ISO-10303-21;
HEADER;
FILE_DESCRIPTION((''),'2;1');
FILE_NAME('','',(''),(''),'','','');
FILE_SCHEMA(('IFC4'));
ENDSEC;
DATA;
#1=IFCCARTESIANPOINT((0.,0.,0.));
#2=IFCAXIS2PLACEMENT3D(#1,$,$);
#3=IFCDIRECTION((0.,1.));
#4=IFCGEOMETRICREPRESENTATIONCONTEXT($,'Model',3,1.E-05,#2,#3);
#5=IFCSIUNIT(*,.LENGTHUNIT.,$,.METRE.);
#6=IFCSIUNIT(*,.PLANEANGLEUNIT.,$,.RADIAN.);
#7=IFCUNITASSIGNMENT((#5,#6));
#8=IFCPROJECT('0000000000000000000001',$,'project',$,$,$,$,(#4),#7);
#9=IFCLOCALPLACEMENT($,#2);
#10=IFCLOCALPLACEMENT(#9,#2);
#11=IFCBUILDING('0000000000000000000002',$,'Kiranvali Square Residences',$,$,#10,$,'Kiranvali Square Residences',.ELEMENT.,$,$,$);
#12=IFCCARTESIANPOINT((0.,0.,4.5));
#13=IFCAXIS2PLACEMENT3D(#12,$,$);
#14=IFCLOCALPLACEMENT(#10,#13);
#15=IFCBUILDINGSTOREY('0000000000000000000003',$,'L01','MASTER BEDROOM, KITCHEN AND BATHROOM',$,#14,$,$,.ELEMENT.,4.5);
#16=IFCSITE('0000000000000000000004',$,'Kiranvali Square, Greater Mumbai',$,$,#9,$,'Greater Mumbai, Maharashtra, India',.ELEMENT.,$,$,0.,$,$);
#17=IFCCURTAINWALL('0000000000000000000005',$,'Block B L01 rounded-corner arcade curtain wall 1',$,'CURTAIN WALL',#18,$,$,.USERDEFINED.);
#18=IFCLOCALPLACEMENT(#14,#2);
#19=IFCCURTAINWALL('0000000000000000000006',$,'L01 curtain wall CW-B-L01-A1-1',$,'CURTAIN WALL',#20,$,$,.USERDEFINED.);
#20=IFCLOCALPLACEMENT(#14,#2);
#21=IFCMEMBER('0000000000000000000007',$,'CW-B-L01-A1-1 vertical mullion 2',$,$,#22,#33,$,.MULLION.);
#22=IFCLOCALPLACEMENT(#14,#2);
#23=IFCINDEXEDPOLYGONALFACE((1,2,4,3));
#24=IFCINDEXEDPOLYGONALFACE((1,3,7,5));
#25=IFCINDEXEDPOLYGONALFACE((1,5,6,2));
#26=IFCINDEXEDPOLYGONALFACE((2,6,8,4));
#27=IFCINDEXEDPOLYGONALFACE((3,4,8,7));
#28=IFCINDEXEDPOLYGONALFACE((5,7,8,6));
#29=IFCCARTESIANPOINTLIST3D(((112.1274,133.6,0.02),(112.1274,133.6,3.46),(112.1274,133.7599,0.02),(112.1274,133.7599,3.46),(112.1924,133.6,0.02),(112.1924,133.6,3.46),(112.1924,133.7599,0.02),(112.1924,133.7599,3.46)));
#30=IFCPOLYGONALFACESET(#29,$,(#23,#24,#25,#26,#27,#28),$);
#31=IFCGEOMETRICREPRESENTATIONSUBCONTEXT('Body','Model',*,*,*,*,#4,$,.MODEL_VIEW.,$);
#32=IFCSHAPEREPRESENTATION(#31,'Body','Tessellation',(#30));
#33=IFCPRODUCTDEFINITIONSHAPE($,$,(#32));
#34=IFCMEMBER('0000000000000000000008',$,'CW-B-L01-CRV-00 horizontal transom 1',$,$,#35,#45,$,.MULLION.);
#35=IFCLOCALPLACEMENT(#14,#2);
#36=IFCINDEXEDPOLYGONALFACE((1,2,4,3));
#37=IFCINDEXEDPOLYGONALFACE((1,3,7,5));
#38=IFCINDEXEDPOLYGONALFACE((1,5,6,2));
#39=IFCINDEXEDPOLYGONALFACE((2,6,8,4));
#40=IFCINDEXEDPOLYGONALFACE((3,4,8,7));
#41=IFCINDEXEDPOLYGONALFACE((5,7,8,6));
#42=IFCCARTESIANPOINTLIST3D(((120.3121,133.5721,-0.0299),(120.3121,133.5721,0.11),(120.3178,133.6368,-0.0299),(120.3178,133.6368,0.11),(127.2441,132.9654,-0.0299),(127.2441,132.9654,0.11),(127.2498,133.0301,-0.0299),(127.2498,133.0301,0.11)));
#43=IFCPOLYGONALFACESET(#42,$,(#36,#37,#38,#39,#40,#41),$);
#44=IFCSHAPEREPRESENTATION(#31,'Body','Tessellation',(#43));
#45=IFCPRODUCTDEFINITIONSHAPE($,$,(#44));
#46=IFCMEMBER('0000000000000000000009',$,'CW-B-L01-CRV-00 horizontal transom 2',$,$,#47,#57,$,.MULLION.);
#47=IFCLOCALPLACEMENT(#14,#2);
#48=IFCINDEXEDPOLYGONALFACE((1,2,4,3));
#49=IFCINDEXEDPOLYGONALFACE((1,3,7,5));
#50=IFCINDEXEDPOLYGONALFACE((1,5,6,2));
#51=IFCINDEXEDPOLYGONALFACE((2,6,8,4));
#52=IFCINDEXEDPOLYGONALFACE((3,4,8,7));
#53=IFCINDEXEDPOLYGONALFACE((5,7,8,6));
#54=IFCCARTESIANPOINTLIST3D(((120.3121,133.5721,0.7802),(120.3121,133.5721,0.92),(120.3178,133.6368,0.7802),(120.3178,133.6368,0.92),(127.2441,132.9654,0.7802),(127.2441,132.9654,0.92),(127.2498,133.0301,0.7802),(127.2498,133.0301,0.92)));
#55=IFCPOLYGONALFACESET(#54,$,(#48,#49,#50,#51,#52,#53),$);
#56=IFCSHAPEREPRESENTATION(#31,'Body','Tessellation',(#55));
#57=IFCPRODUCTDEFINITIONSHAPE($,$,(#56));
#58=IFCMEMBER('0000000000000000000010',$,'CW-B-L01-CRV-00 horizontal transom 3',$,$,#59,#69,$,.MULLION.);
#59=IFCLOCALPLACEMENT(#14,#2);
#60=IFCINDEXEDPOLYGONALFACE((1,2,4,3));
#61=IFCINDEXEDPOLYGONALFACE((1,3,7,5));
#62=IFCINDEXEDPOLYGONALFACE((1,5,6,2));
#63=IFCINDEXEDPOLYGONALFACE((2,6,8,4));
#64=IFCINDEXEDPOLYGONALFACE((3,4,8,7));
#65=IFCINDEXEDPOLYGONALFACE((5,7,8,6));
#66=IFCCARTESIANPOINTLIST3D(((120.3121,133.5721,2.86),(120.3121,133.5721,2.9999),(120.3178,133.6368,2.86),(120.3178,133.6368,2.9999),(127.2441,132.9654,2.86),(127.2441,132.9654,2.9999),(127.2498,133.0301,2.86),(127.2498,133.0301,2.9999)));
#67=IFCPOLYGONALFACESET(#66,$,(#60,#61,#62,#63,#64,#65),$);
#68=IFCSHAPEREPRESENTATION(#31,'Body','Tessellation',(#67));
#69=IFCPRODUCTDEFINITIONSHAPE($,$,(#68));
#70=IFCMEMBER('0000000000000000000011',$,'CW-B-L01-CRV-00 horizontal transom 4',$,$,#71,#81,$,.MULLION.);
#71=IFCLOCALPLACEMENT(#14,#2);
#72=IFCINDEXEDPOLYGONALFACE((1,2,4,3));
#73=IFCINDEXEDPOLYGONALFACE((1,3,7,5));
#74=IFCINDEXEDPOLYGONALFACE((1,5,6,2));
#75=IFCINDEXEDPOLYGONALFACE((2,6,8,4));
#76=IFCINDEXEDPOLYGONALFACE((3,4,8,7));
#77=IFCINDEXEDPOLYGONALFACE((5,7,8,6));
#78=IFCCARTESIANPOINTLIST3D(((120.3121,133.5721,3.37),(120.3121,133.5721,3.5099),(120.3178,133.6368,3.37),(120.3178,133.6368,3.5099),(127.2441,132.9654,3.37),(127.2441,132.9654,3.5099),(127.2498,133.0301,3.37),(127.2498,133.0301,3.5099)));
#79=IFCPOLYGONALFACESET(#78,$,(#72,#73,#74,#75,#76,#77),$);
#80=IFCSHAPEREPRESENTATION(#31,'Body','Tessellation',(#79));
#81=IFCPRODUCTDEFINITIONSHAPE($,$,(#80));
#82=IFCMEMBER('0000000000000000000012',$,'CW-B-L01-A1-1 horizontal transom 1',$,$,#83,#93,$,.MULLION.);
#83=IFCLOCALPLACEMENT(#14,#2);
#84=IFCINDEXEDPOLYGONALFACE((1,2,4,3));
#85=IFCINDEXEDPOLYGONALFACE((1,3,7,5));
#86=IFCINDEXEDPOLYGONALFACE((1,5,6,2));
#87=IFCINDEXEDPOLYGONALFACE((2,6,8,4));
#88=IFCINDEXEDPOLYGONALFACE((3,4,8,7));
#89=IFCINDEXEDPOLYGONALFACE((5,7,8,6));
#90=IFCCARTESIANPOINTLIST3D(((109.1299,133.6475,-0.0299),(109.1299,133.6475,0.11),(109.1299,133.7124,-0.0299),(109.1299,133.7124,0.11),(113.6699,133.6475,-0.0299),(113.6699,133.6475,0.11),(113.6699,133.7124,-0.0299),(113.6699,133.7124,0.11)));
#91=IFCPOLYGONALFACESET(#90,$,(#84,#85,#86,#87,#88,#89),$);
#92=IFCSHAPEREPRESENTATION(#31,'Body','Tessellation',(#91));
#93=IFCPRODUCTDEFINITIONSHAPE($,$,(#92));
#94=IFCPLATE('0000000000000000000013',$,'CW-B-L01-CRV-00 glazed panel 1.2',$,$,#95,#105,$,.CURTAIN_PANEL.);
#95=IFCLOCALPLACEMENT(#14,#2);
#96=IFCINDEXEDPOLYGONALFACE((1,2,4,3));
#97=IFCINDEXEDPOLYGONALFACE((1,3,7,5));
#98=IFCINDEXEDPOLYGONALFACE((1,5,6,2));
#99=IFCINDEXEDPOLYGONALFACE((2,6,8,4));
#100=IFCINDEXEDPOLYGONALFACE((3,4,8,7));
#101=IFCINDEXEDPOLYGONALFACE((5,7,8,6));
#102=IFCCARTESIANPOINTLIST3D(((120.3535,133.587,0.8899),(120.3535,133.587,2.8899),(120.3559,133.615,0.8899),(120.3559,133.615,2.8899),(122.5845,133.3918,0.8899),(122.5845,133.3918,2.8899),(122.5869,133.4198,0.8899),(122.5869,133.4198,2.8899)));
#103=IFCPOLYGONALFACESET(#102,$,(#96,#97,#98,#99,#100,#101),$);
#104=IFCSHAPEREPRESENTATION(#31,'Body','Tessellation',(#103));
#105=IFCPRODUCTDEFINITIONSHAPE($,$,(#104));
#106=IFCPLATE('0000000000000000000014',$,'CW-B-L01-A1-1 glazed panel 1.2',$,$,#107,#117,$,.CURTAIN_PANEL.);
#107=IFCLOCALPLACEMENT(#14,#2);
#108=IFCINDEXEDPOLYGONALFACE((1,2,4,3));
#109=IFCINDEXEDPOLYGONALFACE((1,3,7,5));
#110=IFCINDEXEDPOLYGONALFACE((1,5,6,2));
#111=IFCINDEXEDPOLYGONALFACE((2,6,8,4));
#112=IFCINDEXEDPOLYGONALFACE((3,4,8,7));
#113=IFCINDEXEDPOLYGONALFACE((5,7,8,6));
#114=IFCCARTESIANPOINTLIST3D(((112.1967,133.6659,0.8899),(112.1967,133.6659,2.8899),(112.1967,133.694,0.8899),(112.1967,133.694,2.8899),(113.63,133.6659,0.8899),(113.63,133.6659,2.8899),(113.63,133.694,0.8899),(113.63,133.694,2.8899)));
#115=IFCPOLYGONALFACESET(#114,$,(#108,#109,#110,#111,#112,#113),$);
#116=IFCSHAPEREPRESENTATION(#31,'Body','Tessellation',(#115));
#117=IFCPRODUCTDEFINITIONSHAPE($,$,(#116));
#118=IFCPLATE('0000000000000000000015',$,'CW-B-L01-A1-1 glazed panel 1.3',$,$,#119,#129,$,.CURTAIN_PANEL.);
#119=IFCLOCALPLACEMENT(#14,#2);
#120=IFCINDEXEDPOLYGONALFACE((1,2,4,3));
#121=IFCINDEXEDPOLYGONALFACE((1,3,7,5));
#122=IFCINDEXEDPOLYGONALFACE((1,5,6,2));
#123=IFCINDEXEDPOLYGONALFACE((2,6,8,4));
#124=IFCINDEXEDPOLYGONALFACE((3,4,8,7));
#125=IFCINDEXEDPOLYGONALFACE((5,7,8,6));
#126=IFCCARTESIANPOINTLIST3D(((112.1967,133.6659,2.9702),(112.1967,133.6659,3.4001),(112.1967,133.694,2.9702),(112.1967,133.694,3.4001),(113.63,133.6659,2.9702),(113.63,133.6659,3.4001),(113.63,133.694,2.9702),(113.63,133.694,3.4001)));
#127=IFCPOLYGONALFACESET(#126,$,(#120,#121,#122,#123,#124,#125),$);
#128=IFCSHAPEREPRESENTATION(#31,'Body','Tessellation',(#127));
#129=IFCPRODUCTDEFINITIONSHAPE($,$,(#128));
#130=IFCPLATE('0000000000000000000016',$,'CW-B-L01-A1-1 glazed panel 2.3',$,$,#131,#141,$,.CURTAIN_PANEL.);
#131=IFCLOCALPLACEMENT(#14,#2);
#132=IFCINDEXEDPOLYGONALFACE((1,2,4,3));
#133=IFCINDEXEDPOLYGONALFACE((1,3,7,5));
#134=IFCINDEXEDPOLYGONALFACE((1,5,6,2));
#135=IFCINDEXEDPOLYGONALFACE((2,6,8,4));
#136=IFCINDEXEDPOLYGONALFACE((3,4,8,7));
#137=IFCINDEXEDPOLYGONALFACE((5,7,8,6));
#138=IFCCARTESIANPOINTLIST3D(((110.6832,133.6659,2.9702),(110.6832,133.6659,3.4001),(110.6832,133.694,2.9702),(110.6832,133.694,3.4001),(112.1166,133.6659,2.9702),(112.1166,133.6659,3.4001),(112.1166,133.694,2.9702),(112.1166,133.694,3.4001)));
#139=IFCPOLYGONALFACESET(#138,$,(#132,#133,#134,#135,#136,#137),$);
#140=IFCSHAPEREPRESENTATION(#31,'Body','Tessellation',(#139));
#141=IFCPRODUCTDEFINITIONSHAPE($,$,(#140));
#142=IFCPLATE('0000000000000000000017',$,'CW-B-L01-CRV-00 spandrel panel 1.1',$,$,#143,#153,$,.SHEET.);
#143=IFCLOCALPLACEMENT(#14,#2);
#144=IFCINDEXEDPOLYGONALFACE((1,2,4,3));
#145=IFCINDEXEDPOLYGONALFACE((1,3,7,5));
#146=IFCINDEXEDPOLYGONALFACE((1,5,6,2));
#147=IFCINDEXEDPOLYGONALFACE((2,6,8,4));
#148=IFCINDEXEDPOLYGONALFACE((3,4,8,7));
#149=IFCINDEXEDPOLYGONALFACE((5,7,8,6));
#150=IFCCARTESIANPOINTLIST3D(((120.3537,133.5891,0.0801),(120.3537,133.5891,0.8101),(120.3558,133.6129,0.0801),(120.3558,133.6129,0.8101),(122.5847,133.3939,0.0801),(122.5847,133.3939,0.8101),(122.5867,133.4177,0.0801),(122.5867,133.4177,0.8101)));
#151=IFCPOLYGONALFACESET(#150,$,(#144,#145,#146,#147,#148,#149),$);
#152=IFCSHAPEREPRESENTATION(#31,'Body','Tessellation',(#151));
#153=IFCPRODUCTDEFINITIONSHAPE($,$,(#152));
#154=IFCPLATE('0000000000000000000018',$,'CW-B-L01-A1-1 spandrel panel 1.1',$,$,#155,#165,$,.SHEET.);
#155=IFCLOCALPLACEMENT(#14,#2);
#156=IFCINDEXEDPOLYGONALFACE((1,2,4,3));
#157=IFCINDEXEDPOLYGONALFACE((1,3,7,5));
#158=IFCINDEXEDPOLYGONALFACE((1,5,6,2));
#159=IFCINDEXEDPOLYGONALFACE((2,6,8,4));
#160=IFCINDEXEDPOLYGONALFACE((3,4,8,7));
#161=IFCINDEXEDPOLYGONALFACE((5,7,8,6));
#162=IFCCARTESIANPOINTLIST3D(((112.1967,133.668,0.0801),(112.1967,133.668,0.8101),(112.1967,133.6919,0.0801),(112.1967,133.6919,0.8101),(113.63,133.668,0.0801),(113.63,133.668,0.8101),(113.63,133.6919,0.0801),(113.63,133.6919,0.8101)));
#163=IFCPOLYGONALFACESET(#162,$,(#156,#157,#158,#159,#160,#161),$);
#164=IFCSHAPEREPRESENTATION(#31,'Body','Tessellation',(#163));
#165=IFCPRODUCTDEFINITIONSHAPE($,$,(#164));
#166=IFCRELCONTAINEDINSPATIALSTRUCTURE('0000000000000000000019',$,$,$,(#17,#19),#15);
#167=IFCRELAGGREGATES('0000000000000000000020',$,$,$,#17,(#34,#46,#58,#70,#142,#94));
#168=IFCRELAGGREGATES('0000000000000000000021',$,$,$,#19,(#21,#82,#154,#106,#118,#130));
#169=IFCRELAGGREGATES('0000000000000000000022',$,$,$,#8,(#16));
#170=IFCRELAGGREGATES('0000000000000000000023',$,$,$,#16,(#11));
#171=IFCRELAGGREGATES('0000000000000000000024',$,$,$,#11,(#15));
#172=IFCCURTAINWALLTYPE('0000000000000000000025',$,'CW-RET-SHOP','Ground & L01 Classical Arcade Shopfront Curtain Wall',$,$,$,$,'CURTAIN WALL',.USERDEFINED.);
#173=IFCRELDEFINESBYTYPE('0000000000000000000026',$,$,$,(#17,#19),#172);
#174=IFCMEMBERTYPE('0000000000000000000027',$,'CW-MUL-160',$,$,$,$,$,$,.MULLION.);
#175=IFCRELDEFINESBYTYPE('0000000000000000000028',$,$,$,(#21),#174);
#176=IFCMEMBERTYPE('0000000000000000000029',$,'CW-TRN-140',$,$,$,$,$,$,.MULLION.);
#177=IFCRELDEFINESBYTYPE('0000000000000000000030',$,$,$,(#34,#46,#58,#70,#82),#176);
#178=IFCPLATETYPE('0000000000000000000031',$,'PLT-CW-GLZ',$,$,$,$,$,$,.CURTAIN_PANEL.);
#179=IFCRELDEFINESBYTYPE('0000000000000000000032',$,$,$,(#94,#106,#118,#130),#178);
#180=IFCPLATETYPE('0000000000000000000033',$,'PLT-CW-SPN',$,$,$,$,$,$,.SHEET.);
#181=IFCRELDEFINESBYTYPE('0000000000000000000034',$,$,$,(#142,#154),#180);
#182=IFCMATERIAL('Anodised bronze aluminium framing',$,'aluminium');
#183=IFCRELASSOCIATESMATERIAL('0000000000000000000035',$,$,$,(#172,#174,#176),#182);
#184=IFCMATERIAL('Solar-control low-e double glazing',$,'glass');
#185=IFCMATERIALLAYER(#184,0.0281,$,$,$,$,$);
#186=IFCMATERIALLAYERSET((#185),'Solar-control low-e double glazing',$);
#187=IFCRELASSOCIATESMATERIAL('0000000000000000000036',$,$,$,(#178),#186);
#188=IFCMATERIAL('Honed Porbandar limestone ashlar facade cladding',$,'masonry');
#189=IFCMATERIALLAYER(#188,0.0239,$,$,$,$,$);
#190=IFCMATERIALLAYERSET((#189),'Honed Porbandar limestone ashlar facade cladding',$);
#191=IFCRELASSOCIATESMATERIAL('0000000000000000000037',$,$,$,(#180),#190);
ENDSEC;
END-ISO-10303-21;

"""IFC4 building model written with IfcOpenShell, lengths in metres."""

from ifc_helpers import new_model, si_unit, direction, frame, origin, origin_2d, place, context, subcontext, project, spatial, rectangle, extrude, material, layer, layer_set, material_profile, profile_set, type_object, element, aggregate, save


model = new_model("IFC4")

# Units and contexts
model_context = context("Model", 3, precision=1e-05, world=origin(), true_north=direction((0.0, 1.0)))
body_context = subcontext(model_context, "Body", "Model", "MODEL_VIEW")
ifc_project = project(units=[si_unit("LENGTHUNIT", "METRE"), si_unit("PLANEANGLEUNIT", "RADIAN")], contexts=[model_context])

# Site, building, storey
site_placement = place(None, origin())
site = spatial("IfcSite", under=ifc_project, at=site_placement, Name="Kiranvali Square, Greater Mumbai", LongName="Greater Mumbai, Maharashtra, India", CompositionType="ELEMENT", RefElevation=0.0)
building_placement = place(site_placement, origin())
building = spatial("IfcBuilding", under=site, at=building_placement, Name="Kiranvali Square Residences", LongName="Kiranvali Square Residences", CompositionType="ELEMENT")
storey_placement = place(building_placement, frame((0.0, 0.0, 4.5)))
storey = spatial("IfcBuildingStorey", under=building, at=storey_placement, Name="L01", Description="MASTER BEDROOM, KITCHEN AND BATHROOM", CompositionType="ELEMENT", Elevation=4.5)

# Curtain walls, member
ifc_material_1 = material(Name="Anodised bronze aluminium framing", Category="aluminium")
curtain_wall_type = type_object("IfcCurtainWallType", Name="CW-RET-SHOP", Description="Ground & L01 Classical Arcade Shopfront Curtain Wall", ElementType="CURTAIN WALL", PredefinedType="USERDEFINED", material=ifc_material_1)
curtain_wall_1_placement = place(storey_placement, origin())
curtain_wall_1 = element("IfcCurtainWall", 1, at=curtain_wall_1_placement, inside=storey, type_object=curtain_wall_type, Name="Block B L01 rounded-corner arcade curtain wall 1", ObjectType="CURTAIN WALL", PredefinedType="USERDEFINED")
ifc_material_profile_1 = material_profile(ifc_material_1, rectangle(XDim=0.0649, YDim=0.1599, at=origin_2d()), Name="ALU 65x160")
ifc_profile_set_1 = profile_set([ifc_material_profile_1], Name="Anodised bronze aluminium framing")
member_type_1 = type_object("IfcMemberType", Name="CW-MUL-160", PredefinedType="MULLION", material=ifc_profile_set_1)
curtain_wall_2_placement = place(storey_placement, origin())
curtain_wall_2 = element("IfcCurtainWall", 2, at=curtain_wall_2_placement, inside=storey, type_object=curtain_wall_type, Name="L01 curtain wall CW-B-L01-A1-1", ObjectType="CURTAIN WALL", PredefinedType="USERDEFINED")
member_1_placement = place(storey_placement, frame((112.1599, 133.6799, 0.02), z_axis=(0.0, 0.0, 1.0), x_axis=(-1.0, 0.0, 0.0)))
member_1 = element("IfcMember", 3, at=member_1_placement, type_object=member_type_1, Name="CW-B-L01-A1-1 vertical mullion 2", PredefinedType="MULLION", context=body_context, shape_type="SweptSolid", body=[
    extrude(rectangle(XDim=0.0649, YDim=0.1599, at=origin_2d()), origin(), (0.0, 0.0, 1.0), 3.4399),
])

# Members
ifc_material_profile_2 = material_profile(ifc_material_1, rectangle(XDim=0.0649, YDim=0.1399, at=origin_2d()), Name="ALU 65x140")
ifc_profile_set_2 = profile_set([ifc_material_profile_2], Name="Anodised bronze aluminium framing")
member_type_2 = type_object("IfcMemberType", Name="CW-TRN-140", PredefinedType="MULLION", material=ifc_profile_set_2)
member_2_placement = place(storey_placement, frame((120.3149, 133.6045, 0.04), z_axis=(0.996192, -0.087188, 0.0), x_axis=(0.087188, 0.996192, 0.0)))
member_2 = element("IfcMember", 4, at=member_2_placement, type_object=member_type_2, Name="CW-B-L01-CRV-00 horizontal transom 1", PredefinedType="MULLION", context=body_context, shape_type="SweptSolid", body=[
    extrude(rectangle(XDim=0.0649, YDim=0.1399, at=origin_2d()), origin(), (0.0, 0.0, 1.0), 6.9585),
])
member_3_placement = place(storey_placement, frame((120.3149, 133.6045, 0.8501), z_axis=(0.996192, -0.087188, 0.0), x_axis=(0.087188, 0.996192, 0.0)))
member_3 = element("IfcMember", 5, at=member_3_placement, type_object=member_type_2, Name="CW-B-L01-CRV-00 horizontal transom 2", PredefinedType="MULLION", context=body_context, shape_type="SweptSolid", body=[
    extrude(rectangle(XDim=0.0649, YDim=0.1399, at=origin_2d()), origin(), (0.0, 0.0, 1.0), 6.9585),
])
member_4_placement = place(storey_placement, frame((120.3149, 133.6045, 2.9299), z_axis=(0.996192, -0.087188, 0.0), x_axis=(0.087188, 0.996192, 0.0)))
member_4 = element("IfcMember", 6, at=member_4_placement, type_object=member_type_2, Name="CW-B-L01-CRV-00 horizontal transom 3", PredefinedType="MULLION", context=body_context, shape_type="SweptSolid", body=[
    extrude(rectangle(XDim=0.0649, YDim=0.1399, at=origin_2d()), origin(), (0.0, 0.0, 1.0), 6.9585),
])
member_5_placement = place(storey_placement, frame((120.3149, 133.6045, 3.4399), z_axis=(0.996192, -0.087188, 0.0), x_axis=(0.087188, 0.996192, 0.0)))
member_5 = element("IfcMember", 7, at=member_5_placement, type_object=member_type_2, Name="CW-B-L01-CRV-00 horizontal transom 4", PredefinedType="MULLION", context=body_context, shape_type="SweptSolid", body=[
    extrude(rectangle(XDim=0.0649, YDim=0.1399, at=origin_2d()), origin(), (0.0, 0.0, 1.0), 6.9585),
])
member_6_placement = place(storey_placement, frame((113.6699, 133.6799, 0.04), z_axis=(-1.0, 0.0, 0.0), x_axis=(0.0, -1.0, 0.0)))
member_6 = element("IfcMember", 8, at=member_6_placement, type_object=member_type_2, Name="CW-B-L01-A1-1 horizontal transom 1", PredefinedType="MULLION", context=body_context, shape_type="SweptSolid", body=[
    extrude(rectangle(XDim=0.0649, YDim=0.1399, at=origin_2d()), origin(), (0.0, 0.0, 1.0), 4.54),
])

# Plates
ifc_material_2 = material(Name="Solar-control low-e double glazing", Category="glass")
ifc_layer_1 = layer(ifc_material_2, 0.0281)
ifc_layer_set_1 = layer_set([ifc_layer_1], Name="Solar-control low-e double glazing")
plate_type_1 = type_object("IfcPlateType", Name="PLT-CW-GLZ", PredefinedType="CURTAIN_PANEL", material=ifc_layer_set_1)
plate_1_placement = place(storey_placement, frame((121.4702, 133.5034, 0.8899), z_axis=(0.0, 0.0, 1.0), x_axis=(0.996195, -0.087156, 0.0)))
plate_1 = element("IfcPlate", 9, at=plate_1_placement, type_object=plate_type_1, Name="CW-B-L01-CRV-00 glazed panel 1.2", PredefinedType="CURTAIN_PANEL", context=body_context, shape_type="SweptSolid", body=[
    extrude(rectangle(XDim=2.2395, YDim=0.0281, at=origin_2d()), origin(), (0.0, 0.0, 1.0), 2.0),
])
plate_2_placement = place(storey_placement, frame((112.9133, 133.6799, 0.8899), z_axis=(0.0, 0.0, 1.0), x_axis=(-1.0, 0.0, 0.0)))
plate_2 = element("IfcPlate", 10, at=plate_2_placement, type_object=plate_type_1, Name="CW-B-L01-A1-1 glazed panel 1.2", PredefinedType="CURTAIN_PANEL", context=body_context, shape_type="SweptSolid", body=[
    extrude(rectangle(XDim=1.4333, YDim=0.0281, at=origin_2d()), origin(), (0.0, 0.0, 1.0), 2.0),
])
plate_3_placement = place(storey_placement, frame((112.9133, 133.6799, 2.9702), z_axis=(0.0, 0.0, 1.0), x_axis=(-1.0, 0.0, 0.0)))
plate_3 = element("IfcPlate", 11, at=plate_3_placement, type_object=plate_type_1, Name="CW-B-L01-A1-1 glazed panel 1.3", PredefinedType="CURTAIN_PANEL", context=body_context, shape_type="SweptSolid", body=[
    extrude(rectangle(XDim=1.4333, YDim=0.0281, at=origin_2d()), origin(), (0.0, 0.0, 1.0), 0.4299),
])
plate_4_placement = place(storey_placement, frame((111.3999, 133.6799, 2.9702), z_axis=(0.0, 0.0, 1.0), x_axis=(-1.0, 0.0, 0.0)))
plate_4 = element("IfcPlate", 12, at=plate_4_placement, type_object=plate_type_1, Name="CW-B-L01-A1-1 glazed panel 2.3", PredefinedType="CURTAIN_PANEL", context=body_context, shape_type="SweptSolid", body=[
    extrude(rectangle(XDim=1.4333, YDim=0.0281, at=origin_2d()), origin(), (0.0, 0.0, 1.0), 0.4299),
])
ifc_material_3 = material(Name="Honed Porbandar limestone ashlar facade cladding", Category="masonry")
ifc_layer_2 = layer(ifc_material_3, 0.0239)
ifc_layer_set_2 = layer_set([ifc_layer_2], Name="Honed Porbandar limestone ashlar facade cladding")
plate_type_2 = type_object("IfcPlateType", Name="PLT-CW-SPN", PredefinedType="SHEET", material=ifc_layer_set_2)
plate_5_placement = place(storey_placement, frame((121.4702, 133.5034, 0.0801), z_axis=(0.0, 0.0, 1.0), x_axis=(0.996195, -0.087156, 0.0)))
plate_5 = element("IfcPlate", 13, at=plate_5_placement, type_object=plate_type_2, Name="CW-B-L01-CRV-00 spandrel panel 1.1", PredefinedType="SHEET", context=body_context, shape_type="SweptSolid", body=[
    extrude(rectangle(XDim=2.2395, YDim=0.0239, at=origin_2d()), origin(), (0.0, 0.0, 1.0), 0.73),
])
aggregate(curtain_wall_1, [member_2, member_3, member_4, member_5, plate_5, plate_1])
plate_6_placement = place(storey_placement, frame((112.9133, 133.6799, 0.0801), z_axis=(0.0, 0.0, 1.0), x_axis=(-1.0, 0.0, 0.0)))
plate_6 = element("IfcPlate", 14, at=plate_6_placement, type_object=plate_type_2, Name="CW-B-L01-A1-1 spandrel panel 1.1", PredefinedType="SHEET", context=body_context, shape_type="SweptSolid", body=[
    extrude(rectangle(XDim=1.4333, YDim=0.0239, at=origin_2d()), origin(), (0.0, 0.0, 1.0), 0.73),
])
aggregate(curtain_wall_2, [member_1, member_6, plate_6, plate_2, plate_3, plate_4])

save(model, "model.ifc")
